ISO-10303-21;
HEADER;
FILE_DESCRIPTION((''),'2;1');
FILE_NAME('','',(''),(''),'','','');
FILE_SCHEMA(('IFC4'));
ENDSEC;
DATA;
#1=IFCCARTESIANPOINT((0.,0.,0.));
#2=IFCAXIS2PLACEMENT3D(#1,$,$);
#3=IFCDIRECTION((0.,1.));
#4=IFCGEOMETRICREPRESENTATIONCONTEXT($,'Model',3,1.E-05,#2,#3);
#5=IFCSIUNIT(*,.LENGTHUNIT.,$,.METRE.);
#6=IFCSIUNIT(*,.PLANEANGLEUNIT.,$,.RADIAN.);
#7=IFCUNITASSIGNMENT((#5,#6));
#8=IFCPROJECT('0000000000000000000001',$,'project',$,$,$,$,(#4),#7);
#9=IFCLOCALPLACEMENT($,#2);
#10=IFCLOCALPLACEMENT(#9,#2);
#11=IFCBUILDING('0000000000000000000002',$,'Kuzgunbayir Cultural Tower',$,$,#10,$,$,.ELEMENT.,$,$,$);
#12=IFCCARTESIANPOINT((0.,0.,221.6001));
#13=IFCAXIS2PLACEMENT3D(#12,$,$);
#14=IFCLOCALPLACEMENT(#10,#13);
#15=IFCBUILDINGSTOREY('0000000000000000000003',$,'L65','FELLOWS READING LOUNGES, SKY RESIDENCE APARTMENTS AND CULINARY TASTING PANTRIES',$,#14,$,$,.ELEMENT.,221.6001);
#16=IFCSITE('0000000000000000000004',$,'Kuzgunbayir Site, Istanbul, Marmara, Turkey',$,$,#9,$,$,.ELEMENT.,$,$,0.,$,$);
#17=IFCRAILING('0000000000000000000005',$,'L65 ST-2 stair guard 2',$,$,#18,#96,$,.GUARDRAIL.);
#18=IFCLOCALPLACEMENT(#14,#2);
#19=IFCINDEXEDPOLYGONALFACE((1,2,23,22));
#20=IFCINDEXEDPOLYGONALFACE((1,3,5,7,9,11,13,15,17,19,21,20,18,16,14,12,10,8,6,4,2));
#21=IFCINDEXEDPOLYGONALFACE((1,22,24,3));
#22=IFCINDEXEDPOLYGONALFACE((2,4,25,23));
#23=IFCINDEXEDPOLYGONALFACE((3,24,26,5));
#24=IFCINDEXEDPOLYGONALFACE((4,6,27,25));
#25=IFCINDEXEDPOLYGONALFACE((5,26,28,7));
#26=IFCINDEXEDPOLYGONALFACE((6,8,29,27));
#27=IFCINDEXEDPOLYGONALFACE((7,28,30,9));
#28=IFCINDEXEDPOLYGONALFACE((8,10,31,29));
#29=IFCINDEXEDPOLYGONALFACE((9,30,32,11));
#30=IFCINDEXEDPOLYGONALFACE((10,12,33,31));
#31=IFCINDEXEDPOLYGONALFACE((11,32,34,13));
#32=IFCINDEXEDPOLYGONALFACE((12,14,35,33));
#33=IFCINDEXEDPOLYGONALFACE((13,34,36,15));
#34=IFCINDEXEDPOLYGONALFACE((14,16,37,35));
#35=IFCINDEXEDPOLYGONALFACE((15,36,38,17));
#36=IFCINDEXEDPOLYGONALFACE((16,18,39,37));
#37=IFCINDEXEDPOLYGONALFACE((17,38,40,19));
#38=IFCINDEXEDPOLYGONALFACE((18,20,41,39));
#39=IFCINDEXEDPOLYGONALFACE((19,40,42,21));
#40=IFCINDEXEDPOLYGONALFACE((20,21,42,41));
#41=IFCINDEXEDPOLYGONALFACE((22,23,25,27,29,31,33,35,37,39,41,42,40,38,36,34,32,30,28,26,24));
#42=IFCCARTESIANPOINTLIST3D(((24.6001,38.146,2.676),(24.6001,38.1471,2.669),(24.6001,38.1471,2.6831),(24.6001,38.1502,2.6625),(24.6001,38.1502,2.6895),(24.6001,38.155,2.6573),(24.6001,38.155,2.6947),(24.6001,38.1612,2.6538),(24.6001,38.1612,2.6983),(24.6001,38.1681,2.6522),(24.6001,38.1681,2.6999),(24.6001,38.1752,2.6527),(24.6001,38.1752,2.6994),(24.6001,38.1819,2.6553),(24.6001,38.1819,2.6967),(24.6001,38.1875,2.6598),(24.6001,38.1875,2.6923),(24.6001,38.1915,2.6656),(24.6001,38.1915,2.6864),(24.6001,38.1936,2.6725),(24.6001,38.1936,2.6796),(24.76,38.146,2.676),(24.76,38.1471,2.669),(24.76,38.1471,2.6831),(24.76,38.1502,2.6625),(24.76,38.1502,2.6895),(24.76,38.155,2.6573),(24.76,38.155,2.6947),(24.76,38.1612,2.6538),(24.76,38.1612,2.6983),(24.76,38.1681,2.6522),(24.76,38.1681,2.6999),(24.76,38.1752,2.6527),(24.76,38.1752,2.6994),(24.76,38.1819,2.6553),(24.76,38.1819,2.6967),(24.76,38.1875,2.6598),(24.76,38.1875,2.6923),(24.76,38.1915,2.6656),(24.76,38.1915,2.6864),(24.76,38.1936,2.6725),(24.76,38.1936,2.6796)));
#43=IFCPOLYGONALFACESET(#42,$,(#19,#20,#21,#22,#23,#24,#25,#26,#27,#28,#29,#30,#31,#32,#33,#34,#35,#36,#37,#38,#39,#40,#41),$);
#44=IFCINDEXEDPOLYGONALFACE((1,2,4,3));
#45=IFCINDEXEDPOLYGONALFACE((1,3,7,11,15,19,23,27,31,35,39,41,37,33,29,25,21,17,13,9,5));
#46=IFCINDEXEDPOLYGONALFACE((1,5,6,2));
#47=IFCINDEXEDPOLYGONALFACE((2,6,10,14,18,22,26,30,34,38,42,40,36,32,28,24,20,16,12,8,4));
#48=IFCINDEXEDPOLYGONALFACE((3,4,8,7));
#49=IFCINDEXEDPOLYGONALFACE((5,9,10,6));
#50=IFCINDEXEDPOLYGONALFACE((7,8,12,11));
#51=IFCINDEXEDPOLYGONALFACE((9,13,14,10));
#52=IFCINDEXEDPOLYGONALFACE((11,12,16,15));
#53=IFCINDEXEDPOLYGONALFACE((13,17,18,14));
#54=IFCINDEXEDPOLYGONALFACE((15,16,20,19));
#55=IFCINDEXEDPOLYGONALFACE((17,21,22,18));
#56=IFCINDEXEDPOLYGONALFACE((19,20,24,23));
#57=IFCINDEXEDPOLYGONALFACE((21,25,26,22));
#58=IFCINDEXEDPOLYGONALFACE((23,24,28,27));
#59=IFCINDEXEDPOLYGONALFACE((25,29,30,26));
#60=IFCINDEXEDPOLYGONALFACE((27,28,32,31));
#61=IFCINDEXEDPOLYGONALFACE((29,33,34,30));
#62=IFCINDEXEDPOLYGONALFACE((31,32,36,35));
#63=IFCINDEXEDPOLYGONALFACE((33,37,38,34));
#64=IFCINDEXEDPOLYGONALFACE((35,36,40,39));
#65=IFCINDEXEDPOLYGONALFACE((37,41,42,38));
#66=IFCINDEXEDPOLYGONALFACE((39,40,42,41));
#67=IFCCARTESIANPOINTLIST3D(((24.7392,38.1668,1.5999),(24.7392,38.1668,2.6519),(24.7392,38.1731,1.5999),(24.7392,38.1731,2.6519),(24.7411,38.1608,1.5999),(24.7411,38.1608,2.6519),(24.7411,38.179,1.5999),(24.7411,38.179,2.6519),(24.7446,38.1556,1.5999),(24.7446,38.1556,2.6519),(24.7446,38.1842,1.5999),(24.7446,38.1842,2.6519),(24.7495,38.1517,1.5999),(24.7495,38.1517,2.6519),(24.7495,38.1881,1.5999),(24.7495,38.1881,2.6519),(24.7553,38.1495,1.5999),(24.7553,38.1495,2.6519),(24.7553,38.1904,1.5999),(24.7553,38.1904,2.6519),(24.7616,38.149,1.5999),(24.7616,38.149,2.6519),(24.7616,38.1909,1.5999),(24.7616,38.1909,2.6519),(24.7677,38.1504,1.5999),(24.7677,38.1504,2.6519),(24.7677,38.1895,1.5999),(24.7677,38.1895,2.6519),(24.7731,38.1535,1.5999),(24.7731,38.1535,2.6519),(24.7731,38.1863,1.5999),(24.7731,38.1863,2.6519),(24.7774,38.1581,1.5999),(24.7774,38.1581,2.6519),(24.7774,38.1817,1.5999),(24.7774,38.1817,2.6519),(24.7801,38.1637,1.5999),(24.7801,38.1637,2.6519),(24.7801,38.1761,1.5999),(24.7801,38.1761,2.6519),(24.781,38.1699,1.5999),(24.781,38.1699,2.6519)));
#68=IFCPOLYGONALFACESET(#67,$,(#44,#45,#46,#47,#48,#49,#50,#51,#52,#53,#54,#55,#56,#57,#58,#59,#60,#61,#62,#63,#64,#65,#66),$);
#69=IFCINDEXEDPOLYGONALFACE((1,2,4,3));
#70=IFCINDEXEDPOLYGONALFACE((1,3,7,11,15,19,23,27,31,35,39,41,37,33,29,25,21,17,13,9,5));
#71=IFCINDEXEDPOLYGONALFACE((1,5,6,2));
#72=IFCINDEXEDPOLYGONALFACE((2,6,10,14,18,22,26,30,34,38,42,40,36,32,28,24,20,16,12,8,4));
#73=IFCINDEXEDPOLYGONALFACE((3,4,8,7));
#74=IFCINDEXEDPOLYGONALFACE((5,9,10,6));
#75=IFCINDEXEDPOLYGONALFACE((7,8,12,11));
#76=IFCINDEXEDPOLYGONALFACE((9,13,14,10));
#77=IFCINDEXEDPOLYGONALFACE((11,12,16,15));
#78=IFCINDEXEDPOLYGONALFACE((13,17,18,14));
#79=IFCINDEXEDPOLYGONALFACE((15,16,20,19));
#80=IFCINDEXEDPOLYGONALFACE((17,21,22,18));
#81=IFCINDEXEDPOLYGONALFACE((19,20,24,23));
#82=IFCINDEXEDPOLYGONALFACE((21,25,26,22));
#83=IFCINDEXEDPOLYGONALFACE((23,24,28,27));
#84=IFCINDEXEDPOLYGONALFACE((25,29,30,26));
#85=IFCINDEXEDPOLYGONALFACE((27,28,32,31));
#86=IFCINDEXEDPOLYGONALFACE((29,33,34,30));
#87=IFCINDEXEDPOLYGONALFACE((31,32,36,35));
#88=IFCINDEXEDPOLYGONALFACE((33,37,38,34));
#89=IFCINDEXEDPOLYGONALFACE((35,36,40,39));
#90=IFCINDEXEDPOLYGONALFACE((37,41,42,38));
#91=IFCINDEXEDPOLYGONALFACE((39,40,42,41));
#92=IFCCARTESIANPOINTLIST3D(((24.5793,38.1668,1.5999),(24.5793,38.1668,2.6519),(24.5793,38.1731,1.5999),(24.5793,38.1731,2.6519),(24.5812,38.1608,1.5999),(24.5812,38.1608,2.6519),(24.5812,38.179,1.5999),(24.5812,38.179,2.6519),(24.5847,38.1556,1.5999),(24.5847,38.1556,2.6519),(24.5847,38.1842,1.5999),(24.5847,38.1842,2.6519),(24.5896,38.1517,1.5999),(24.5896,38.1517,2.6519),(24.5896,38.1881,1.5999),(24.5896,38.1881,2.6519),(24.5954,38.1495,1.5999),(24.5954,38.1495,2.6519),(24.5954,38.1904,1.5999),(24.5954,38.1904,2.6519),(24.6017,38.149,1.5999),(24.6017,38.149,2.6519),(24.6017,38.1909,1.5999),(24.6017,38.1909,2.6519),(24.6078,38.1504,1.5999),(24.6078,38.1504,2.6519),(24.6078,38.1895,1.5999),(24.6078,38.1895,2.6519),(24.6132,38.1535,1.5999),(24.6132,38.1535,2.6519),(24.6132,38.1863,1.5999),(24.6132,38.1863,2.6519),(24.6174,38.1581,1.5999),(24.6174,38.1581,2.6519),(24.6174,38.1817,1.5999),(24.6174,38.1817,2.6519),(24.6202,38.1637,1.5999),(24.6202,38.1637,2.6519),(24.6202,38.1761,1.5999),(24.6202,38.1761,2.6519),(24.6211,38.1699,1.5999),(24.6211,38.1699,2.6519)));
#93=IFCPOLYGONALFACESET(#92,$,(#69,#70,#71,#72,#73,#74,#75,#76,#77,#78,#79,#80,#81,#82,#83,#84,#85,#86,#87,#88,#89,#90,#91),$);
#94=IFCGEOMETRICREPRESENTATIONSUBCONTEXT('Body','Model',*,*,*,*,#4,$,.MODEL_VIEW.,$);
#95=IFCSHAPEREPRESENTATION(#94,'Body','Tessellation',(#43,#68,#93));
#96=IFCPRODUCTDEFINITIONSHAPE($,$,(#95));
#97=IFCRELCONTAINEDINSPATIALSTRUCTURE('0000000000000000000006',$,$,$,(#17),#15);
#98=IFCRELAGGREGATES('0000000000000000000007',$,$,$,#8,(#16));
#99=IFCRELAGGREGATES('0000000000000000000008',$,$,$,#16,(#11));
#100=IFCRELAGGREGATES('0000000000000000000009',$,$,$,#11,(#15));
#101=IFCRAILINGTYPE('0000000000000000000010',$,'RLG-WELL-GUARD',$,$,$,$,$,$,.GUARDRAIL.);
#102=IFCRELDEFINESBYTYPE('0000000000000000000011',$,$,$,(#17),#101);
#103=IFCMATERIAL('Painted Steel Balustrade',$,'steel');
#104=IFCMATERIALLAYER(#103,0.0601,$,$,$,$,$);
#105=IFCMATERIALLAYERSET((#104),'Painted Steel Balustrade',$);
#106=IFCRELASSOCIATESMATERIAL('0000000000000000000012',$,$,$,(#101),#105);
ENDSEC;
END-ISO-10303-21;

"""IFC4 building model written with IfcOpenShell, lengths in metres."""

from ifc_helpers import new_model, si_unit, direction, frame, origin, origin_2d, place, context, subcontext, project, spatial, circle, extrude, material, layer, layer_set, type_object, element, save


model = new_model("IFC4")

# Units and contexts
model_context = context("Model", 3, precision=1e-05, world=origin(), true_north=direction((0.0, 1.0)))
body_context = subcontext(model_context, "Body", "Model", "MODEL_VIEW")
ifc_project = project(units=[si_unit("LENGTHUNIT", "METRE"), si_unit("PLANEANGLEUNIT", "RADIAN")], contexts=[model_context])

# Site, building, storey
site_placement = place(None, origin())
site = spatial("IfcSite", under=ifc_project, at=site_placement, Name="Kuzgunbayir Site, Istanbul, Marmara, Turkey", CompositionType="ELEMENT", RefElevation=0.0)
building_placement = place(site_placement, origin())
building = spatial("IfcBuilding", under=site, at=building_placement, Name="Kuzgunbayir Cultural Tower", CompositionType="ELEMENT")
storey_placement = place(building_placement, frame((0.0, 0.0, 221.6001)))
storey = spatial("IfcBuildingStorey", under=building, at=storey_placement, Name="L65", Description="FELLOWS READING LOUNGES, SKY RESIDENCE APARTMENTS AND CULINARY TASTING PANTRIES", CompositionType="ELEMENT", Elevation=221.6001)

# Railing
ifc_material_1 = material(Name="Painted Steel Balustrade", Category="steel")
ifc_layer_1 = layer(ifc_material_1, 0.0601)
ifc_layer_set_1 = layer_set([ifc_layer_1], Name="Painted Steel Balustrade")
railing_type_1 = type_object("IfcRailingType", Name="RLG-WELL-GUARD", PredefinedType="GUARDRAIL", material=ifc_layer_set_1)
railing_1_placement = place(storey_placement, frame((24.76, 38.1699, 1.5999)))
element("IfcRailing", 1, at=railing_1_placement, inside=storey, type_object=railing_type_1, Name="L65 ST-2 stair guard 2", PredefinedType="GUARDRAIL", context=body_context, shape_type="SweptSolid", body=[
    extrude(circle(Radius=0.0239, at=origin_2d()), frame((0.0, 0.0, 1.0762), z_axis=(-1.0, 0.0, 0.0), x_axis=(0.0, -1.0, 0.0)), (0.0, 0.0, 1.0), 0.1599),
    extrude(circle(Radius=0.021, at=origin_2d()), origin(), (0.0, 0.0, 1.0), 1.052),
    extrude(circle(Radius=0.021, at=origin_2d()), frame((-0.1599, 0.0, 0.0)), (0.0, 0.0, 1.0), 1.052),
])

save(model, "model.ifc")
